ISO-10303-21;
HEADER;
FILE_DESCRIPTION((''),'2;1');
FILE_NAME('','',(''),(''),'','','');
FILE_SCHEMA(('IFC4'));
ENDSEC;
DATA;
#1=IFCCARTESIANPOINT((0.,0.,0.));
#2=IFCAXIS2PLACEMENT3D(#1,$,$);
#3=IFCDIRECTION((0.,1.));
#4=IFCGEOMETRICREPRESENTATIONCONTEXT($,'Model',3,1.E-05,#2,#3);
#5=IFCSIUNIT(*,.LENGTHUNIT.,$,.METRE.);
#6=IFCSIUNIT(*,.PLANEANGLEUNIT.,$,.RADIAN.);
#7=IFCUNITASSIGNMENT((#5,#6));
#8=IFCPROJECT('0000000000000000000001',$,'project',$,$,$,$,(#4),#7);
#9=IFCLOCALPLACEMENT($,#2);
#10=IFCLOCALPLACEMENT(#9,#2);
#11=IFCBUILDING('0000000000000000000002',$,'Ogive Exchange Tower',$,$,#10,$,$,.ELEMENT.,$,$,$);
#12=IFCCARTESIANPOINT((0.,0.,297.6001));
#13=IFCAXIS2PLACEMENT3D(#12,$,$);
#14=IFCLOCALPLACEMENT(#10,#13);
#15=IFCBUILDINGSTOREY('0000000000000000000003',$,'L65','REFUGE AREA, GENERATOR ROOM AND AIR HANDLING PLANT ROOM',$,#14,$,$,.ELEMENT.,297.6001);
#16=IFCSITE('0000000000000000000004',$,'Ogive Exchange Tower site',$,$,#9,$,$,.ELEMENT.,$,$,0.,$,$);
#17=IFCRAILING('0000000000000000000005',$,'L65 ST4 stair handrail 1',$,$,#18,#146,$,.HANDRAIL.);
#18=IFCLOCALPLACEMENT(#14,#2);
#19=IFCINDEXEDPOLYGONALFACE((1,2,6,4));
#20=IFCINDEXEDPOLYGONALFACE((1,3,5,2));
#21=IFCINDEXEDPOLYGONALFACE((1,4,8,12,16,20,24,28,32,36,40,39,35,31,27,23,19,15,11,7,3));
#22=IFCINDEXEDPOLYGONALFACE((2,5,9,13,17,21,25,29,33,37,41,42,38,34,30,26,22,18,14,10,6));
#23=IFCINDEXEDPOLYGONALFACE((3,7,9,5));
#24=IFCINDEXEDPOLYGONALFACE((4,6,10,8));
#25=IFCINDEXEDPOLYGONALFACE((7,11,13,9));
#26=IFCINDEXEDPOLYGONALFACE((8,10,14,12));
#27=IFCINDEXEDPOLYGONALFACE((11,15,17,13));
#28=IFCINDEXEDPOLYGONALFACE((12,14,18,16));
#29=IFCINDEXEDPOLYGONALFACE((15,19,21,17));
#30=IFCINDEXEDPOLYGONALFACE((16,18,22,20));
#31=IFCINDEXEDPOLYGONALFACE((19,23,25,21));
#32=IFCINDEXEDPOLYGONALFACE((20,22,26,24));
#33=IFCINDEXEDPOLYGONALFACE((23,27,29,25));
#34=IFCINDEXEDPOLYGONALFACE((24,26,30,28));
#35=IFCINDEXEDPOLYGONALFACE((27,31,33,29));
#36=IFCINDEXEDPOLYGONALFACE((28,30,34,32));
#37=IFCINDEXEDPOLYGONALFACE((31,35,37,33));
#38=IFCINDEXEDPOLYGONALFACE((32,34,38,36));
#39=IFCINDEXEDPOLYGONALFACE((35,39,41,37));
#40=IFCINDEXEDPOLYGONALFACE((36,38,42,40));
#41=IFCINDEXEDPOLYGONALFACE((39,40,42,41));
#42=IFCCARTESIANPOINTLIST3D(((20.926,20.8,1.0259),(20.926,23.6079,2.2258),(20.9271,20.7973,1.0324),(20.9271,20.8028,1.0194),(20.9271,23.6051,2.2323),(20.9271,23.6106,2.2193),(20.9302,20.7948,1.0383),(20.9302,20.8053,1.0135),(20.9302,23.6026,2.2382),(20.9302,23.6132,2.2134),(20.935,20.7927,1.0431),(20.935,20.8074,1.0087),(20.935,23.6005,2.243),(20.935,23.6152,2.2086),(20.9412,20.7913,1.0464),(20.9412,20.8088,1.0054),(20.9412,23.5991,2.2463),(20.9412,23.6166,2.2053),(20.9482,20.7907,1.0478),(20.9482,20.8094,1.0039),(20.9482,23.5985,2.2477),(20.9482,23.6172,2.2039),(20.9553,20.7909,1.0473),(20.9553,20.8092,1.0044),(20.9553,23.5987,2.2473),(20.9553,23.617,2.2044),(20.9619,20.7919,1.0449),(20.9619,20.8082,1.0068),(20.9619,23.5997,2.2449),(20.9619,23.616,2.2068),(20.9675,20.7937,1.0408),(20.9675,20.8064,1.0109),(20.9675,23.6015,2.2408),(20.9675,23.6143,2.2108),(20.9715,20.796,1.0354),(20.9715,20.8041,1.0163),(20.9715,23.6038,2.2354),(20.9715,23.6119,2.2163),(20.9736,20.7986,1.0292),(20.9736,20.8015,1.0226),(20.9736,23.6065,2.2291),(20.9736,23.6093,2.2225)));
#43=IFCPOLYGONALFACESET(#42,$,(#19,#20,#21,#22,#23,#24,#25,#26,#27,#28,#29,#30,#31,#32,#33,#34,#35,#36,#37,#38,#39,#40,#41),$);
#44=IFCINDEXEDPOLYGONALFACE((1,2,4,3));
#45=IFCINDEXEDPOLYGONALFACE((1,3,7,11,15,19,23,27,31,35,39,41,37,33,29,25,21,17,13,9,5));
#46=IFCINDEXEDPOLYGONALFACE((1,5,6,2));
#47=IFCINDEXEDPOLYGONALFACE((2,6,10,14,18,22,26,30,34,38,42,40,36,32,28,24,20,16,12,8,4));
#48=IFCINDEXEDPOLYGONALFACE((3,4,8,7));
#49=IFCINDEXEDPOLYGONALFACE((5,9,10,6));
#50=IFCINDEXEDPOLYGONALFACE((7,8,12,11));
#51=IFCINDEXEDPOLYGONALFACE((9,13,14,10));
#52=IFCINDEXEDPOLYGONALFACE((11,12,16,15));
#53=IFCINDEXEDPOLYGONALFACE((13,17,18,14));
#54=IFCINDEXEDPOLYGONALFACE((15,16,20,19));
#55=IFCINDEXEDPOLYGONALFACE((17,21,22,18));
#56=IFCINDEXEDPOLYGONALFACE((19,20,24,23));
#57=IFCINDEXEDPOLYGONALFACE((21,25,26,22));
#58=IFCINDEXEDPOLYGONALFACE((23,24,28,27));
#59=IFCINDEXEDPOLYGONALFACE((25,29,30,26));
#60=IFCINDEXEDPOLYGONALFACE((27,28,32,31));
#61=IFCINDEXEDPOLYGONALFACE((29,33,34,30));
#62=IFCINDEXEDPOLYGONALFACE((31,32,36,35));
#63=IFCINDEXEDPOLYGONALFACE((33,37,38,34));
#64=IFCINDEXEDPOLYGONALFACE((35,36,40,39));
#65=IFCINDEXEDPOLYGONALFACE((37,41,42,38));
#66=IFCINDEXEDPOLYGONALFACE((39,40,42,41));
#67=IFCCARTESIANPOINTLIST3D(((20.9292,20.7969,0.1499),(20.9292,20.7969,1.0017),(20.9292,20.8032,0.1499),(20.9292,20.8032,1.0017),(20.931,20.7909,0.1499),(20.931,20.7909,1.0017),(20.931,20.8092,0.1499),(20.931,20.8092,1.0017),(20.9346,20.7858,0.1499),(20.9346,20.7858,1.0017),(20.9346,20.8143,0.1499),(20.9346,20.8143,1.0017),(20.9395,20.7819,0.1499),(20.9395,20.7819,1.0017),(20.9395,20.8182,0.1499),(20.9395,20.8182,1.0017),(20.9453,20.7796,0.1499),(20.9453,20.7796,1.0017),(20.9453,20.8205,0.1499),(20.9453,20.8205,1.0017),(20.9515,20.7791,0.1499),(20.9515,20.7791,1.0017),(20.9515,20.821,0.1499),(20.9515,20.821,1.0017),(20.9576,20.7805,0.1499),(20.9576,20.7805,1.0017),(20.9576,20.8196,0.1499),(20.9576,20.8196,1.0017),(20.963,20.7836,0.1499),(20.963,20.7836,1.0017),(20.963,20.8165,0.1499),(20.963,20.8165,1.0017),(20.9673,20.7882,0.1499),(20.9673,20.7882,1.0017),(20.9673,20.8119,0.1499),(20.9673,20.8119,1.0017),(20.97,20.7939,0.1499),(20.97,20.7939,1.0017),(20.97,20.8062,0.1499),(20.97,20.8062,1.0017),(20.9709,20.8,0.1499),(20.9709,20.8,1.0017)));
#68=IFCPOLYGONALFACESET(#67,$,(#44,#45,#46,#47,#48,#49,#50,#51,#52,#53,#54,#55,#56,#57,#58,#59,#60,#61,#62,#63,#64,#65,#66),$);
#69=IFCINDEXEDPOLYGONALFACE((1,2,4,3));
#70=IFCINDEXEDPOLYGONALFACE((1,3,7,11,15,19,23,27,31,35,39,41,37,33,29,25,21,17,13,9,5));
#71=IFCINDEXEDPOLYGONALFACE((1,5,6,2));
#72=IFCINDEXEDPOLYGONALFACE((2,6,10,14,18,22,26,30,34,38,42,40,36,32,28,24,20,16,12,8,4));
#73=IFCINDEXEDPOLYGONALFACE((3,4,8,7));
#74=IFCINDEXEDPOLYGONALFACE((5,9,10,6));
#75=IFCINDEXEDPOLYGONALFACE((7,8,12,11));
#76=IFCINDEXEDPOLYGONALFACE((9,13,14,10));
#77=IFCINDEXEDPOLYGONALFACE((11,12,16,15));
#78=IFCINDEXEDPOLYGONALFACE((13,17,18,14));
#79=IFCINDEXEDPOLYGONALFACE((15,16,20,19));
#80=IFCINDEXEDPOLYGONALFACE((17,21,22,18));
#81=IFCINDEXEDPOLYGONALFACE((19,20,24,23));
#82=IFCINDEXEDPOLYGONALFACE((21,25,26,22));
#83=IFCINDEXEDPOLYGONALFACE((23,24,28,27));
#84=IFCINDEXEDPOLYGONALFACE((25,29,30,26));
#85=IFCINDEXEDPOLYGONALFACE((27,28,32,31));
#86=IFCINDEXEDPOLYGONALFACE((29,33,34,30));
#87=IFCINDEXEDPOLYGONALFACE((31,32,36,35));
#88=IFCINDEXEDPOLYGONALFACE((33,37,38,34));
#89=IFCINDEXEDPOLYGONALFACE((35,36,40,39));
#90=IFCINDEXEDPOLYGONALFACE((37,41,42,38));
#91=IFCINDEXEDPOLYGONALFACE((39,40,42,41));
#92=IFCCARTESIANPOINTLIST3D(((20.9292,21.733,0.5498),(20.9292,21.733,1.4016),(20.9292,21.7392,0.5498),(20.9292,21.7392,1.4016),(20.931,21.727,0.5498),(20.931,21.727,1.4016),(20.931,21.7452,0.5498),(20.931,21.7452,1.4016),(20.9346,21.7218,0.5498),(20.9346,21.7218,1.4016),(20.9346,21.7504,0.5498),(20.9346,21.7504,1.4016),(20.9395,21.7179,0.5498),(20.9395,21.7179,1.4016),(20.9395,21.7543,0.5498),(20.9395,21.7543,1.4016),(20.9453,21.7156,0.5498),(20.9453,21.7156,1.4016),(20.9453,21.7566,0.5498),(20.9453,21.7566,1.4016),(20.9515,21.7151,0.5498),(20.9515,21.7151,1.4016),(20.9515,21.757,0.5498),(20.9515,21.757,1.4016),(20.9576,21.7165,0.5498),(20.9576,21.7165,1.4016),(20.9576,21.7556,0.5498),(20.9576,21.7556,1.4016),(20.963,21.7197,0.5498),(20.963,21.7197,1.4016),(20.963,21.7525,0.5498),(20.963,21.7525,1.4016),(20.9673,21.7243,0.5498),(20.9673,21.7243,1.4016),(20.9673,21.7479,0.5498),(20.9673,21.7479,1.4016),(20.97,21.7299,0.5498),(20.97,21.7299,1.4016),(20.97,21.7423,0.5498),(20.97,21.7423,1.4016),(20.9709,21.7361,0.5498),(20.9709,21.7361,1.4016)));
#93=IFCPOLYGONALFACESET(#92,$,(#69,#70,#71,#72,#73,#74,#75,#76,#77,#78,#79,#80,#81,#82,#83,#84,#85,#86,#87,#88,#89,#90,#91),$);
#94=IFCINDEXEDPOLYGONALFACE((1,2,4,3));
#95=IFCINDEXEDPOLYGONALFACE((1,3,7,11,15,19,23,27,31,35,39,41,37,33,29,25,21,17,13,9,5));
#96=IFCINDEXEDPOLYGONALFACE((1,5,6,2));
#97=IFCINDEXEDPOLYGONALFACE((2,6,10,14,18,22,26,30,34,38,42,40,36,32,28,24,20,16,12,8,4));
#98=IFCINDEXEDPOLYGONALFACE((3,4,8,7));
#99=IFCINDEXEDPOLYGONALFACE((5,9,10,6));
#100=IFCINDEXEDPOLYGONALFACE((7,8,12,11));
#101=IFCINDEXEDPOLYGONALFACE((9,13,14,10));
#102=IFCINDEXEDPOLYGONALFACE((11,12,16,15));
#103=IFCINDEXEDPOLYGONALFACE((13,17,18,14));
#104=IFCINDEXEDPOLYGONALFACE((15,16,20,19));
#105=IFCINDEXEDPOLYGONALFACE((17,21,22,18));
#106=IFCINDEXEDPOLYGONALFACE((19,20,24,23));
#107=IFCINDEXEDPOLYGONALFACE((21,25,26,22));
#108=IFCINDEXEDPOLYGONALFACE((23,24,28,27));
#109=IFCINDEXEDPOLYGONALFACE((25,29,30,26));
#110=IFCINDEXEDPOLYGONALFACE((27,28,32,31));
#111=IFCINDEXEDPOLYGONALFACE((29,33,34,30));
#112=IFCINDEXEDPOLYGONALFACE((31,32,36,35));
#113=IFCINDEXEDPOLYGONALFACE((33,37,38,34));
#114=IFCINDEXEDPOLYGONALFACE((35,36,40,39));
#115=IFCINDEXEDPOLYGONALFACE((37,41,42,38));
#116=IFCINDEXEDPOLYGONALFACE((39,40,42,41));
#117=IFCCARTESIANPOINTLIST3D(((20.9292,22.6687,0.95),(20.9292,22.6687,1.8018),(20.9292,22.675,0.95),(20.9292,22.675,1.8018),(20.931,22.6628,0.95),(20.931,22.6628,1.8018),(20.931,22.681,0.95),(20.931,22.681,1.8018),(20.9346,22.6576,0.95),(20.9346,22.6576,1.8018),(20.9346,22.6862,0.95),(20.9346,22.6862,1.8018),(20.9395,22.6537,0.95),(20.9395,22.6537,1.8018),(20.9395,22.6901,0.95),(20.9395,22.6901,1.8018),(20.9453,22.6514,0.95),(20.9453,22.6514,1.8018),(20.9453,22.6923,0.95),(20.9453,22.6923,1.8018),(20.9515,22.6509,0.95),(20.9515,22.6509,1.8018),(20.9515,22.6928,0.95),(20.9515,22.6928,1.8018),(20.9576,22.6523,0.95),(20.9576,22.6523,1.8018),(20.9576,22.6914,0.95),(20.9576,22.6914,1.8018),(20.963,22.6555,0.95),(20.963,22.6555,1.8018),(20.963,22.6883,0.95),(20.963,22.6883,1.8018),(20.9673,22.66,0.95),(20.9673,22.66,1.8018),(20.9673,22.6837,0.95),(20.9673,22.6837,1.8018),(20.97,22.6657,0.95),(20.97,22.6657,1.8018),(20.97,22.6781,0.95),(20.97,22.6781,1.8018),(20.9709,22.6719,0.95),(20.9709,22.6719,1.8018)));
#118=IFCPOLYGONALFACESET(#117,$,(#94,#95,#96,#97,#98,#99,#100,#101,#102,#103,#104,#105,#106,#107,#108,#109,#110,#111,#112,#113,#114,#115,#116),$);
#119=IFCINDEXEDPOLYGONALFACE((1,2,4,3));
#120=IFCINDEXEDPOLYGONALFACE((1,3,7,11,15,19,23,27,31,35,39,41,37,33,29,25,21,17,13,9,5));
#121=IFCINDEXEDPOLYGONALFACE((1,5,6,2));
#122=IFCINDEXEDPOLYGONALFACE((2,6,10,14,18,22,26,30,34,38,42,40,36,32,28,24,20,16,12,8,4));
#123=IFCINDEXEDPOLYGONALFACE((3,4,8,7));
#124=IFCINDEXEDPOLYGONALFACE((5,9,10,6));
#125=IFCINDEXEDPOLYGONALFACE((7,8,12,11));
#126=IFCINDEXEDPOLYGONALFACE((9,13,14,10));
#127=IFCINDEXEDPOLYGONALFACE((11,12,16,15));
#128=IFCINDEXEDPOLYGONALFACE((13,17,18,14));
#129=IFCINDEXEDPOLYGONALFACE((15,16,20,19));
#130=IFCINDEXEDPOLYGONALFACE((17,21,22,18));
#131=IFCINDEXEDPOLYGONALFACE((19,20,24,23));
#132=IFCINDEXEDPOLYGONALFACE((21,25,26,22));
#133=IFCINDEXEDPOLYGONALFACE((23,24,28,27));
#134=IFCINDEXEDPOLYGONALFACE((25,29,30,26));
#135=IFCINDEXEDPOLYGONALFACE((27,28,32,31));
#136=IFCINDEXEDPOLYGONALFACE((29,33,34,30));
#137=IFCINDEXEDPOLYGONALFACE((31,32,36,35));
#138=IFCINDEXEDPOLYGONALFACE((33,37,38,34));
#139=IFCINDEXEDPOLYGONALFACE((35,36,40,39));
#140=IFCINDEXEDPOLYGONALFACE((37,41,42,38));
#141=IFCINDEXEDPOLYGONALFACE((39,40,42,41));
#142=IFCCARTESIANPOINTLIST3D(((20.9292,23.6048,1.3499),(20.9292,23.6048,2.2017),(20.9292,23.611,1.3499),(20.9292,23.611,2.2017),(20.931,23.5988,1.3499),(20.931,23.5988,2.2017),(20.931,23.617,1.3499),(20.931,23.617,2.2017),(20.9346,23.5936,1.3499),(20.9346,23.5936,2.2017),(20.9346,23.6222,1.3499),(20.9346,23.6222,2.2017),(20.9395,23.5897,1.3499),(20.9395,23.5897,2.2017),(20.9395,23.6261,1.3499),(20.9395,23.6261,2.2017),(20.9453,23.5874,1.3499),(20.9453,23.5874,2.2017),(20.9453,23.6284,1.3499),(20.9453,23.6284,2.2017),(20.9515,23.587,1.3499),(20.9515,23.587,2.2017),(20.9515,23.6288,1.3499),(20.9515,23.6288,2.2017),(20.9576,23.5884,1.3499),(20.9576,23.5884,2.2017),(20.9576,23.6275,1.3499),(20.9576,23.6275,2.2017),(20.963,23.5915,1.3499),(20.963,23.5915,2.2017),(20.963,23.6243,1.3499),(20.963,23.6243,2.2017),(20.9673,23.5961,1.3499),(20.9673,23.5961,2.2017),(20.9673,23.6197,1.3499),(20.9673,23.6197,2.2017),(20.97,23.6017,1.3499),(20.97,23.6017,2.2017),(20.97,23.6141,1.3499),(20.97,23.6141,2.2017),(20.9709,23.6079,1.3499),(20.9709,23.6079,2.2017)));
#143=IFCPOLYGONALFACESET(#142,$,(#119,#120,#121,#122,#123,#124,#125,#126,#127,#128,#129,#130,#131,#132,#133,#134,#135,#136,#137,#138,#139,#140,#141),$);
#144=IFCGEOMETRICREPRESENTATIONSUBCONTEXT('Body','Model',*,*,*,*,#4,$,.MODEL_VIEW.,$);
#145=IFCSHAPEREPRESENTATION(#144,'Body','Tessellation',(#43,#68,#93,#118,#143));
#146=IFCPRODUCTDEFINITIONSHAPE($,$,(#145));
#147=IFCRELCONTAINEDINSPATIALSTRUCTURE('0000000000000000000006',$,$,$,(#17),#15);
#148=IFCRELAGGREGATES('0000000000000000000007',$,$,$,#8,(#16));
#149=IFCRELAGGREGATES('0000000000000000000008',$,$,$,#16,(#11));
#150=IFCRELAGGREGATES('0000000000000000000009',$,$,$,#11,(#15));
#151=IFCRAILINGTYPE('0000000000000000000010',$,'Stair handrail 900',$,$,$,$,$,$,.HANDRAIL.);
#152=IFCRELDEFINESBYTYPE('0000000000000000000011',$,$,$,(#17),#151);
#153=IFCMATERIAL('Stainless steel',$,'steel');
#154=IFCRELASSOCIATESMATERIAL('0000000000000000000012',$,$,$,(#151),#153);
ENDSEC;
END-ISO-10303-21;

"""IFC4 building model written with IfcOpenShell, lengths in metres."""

from ifc_helpers import new_model, si_unit, direction, frame, origin, origin_2d, place, context, subcontext, project, spatial, circle, extrude, material, type_object, element, save


model = new_model("IFC4")

# Units and contexts
model_context = context("Model", 3, precision=1e-05, world=origin(), true_north=direction((0.0, 1.0)))
body_context = subcontext(model_context, "Body", "Model", "MODEL_VIEW")
ifc_project = project(units=[si_unit("LENGTHUNIT", "METRE"), si_unit("PLANEANGLEUNIT", "RADIAN")], contexts=[model_context])

# Site, building, storey
site_placement = place(None, origin())
site = spatial("IfcSite", under=ifc_project, at=site_placement, Name="Ogive Exchange Tower site", CompositionType="ELEMENT", RefElevation=0.0)
building_placement = place(site_placement, origin())
building = spatial("IfcBuilding", under=site, at=building_placement, Name="Ogive Exchange Tower", CompositionType="ELEMENT")
storey_placement = place(building_placement, frame((0.0, 0.0, 297.6001)))
storey = spatial("IfcBuildingStorey", under=building, at=storey_placement, Name="L65", Description="REFUGE AREA, GENERATOR ROOM AND AIR HANDLING PLANT ROOM", CompositionType="ELEMENT", Elevation=297.6001)

# Railing
ifc_material_1 = material(Name="Stainless steel", Category="steel")
railing_type = type_object("IfcRailingType", Name="Stair handrail 900", PredefinedType="HANDRAIL", material=ifc_material_1)
for number, where, name in (
    (1, (20.95, 20.8, 0.1499), "L65 ST4 stair handrail 1"),
):
    element("IfcRailing", number, at=place(storey_placement, frame(where)), inside=storey, type_object=railing_type, Name=name, PredefinedType="HANDRAIL", context=body_context, shape_type="SweptSolid", body=[
        extrude(circle(Radius=0.0239, at=origin_2d()), frame((0.0, 0.0, 0.876), z_axis=(0.0, 0.91955, 0.392973), x_axis=(-1.0, 0.0, 0.0)), (0.0, 0.0, 1.0), 3.0535),
        extrude(circle(Radius=0.021, at=origin_2d()), origin(), (0.0, 0.0, 1.0), 0.8518),
        extrude(circle(Radius=0.021, at=origin_2d()), frame((0.0, 0.936, 0.3999)), (0.0, 0.0, 1.0), 0.8518),
        extrude(circle(Radius=0.021, at=origin_2d()), frame((0.0, 1.8718, 0.8)), (0.0, 0.0, 1.0), 0.8518),
        extrude(circle(Radius=0.021, at=origin_2d()), frame((0.0, 2.8079, 1.2)), (0.0, 0.0, 1.0), 0.8518),
    ])

save(model, "model.ifc")
